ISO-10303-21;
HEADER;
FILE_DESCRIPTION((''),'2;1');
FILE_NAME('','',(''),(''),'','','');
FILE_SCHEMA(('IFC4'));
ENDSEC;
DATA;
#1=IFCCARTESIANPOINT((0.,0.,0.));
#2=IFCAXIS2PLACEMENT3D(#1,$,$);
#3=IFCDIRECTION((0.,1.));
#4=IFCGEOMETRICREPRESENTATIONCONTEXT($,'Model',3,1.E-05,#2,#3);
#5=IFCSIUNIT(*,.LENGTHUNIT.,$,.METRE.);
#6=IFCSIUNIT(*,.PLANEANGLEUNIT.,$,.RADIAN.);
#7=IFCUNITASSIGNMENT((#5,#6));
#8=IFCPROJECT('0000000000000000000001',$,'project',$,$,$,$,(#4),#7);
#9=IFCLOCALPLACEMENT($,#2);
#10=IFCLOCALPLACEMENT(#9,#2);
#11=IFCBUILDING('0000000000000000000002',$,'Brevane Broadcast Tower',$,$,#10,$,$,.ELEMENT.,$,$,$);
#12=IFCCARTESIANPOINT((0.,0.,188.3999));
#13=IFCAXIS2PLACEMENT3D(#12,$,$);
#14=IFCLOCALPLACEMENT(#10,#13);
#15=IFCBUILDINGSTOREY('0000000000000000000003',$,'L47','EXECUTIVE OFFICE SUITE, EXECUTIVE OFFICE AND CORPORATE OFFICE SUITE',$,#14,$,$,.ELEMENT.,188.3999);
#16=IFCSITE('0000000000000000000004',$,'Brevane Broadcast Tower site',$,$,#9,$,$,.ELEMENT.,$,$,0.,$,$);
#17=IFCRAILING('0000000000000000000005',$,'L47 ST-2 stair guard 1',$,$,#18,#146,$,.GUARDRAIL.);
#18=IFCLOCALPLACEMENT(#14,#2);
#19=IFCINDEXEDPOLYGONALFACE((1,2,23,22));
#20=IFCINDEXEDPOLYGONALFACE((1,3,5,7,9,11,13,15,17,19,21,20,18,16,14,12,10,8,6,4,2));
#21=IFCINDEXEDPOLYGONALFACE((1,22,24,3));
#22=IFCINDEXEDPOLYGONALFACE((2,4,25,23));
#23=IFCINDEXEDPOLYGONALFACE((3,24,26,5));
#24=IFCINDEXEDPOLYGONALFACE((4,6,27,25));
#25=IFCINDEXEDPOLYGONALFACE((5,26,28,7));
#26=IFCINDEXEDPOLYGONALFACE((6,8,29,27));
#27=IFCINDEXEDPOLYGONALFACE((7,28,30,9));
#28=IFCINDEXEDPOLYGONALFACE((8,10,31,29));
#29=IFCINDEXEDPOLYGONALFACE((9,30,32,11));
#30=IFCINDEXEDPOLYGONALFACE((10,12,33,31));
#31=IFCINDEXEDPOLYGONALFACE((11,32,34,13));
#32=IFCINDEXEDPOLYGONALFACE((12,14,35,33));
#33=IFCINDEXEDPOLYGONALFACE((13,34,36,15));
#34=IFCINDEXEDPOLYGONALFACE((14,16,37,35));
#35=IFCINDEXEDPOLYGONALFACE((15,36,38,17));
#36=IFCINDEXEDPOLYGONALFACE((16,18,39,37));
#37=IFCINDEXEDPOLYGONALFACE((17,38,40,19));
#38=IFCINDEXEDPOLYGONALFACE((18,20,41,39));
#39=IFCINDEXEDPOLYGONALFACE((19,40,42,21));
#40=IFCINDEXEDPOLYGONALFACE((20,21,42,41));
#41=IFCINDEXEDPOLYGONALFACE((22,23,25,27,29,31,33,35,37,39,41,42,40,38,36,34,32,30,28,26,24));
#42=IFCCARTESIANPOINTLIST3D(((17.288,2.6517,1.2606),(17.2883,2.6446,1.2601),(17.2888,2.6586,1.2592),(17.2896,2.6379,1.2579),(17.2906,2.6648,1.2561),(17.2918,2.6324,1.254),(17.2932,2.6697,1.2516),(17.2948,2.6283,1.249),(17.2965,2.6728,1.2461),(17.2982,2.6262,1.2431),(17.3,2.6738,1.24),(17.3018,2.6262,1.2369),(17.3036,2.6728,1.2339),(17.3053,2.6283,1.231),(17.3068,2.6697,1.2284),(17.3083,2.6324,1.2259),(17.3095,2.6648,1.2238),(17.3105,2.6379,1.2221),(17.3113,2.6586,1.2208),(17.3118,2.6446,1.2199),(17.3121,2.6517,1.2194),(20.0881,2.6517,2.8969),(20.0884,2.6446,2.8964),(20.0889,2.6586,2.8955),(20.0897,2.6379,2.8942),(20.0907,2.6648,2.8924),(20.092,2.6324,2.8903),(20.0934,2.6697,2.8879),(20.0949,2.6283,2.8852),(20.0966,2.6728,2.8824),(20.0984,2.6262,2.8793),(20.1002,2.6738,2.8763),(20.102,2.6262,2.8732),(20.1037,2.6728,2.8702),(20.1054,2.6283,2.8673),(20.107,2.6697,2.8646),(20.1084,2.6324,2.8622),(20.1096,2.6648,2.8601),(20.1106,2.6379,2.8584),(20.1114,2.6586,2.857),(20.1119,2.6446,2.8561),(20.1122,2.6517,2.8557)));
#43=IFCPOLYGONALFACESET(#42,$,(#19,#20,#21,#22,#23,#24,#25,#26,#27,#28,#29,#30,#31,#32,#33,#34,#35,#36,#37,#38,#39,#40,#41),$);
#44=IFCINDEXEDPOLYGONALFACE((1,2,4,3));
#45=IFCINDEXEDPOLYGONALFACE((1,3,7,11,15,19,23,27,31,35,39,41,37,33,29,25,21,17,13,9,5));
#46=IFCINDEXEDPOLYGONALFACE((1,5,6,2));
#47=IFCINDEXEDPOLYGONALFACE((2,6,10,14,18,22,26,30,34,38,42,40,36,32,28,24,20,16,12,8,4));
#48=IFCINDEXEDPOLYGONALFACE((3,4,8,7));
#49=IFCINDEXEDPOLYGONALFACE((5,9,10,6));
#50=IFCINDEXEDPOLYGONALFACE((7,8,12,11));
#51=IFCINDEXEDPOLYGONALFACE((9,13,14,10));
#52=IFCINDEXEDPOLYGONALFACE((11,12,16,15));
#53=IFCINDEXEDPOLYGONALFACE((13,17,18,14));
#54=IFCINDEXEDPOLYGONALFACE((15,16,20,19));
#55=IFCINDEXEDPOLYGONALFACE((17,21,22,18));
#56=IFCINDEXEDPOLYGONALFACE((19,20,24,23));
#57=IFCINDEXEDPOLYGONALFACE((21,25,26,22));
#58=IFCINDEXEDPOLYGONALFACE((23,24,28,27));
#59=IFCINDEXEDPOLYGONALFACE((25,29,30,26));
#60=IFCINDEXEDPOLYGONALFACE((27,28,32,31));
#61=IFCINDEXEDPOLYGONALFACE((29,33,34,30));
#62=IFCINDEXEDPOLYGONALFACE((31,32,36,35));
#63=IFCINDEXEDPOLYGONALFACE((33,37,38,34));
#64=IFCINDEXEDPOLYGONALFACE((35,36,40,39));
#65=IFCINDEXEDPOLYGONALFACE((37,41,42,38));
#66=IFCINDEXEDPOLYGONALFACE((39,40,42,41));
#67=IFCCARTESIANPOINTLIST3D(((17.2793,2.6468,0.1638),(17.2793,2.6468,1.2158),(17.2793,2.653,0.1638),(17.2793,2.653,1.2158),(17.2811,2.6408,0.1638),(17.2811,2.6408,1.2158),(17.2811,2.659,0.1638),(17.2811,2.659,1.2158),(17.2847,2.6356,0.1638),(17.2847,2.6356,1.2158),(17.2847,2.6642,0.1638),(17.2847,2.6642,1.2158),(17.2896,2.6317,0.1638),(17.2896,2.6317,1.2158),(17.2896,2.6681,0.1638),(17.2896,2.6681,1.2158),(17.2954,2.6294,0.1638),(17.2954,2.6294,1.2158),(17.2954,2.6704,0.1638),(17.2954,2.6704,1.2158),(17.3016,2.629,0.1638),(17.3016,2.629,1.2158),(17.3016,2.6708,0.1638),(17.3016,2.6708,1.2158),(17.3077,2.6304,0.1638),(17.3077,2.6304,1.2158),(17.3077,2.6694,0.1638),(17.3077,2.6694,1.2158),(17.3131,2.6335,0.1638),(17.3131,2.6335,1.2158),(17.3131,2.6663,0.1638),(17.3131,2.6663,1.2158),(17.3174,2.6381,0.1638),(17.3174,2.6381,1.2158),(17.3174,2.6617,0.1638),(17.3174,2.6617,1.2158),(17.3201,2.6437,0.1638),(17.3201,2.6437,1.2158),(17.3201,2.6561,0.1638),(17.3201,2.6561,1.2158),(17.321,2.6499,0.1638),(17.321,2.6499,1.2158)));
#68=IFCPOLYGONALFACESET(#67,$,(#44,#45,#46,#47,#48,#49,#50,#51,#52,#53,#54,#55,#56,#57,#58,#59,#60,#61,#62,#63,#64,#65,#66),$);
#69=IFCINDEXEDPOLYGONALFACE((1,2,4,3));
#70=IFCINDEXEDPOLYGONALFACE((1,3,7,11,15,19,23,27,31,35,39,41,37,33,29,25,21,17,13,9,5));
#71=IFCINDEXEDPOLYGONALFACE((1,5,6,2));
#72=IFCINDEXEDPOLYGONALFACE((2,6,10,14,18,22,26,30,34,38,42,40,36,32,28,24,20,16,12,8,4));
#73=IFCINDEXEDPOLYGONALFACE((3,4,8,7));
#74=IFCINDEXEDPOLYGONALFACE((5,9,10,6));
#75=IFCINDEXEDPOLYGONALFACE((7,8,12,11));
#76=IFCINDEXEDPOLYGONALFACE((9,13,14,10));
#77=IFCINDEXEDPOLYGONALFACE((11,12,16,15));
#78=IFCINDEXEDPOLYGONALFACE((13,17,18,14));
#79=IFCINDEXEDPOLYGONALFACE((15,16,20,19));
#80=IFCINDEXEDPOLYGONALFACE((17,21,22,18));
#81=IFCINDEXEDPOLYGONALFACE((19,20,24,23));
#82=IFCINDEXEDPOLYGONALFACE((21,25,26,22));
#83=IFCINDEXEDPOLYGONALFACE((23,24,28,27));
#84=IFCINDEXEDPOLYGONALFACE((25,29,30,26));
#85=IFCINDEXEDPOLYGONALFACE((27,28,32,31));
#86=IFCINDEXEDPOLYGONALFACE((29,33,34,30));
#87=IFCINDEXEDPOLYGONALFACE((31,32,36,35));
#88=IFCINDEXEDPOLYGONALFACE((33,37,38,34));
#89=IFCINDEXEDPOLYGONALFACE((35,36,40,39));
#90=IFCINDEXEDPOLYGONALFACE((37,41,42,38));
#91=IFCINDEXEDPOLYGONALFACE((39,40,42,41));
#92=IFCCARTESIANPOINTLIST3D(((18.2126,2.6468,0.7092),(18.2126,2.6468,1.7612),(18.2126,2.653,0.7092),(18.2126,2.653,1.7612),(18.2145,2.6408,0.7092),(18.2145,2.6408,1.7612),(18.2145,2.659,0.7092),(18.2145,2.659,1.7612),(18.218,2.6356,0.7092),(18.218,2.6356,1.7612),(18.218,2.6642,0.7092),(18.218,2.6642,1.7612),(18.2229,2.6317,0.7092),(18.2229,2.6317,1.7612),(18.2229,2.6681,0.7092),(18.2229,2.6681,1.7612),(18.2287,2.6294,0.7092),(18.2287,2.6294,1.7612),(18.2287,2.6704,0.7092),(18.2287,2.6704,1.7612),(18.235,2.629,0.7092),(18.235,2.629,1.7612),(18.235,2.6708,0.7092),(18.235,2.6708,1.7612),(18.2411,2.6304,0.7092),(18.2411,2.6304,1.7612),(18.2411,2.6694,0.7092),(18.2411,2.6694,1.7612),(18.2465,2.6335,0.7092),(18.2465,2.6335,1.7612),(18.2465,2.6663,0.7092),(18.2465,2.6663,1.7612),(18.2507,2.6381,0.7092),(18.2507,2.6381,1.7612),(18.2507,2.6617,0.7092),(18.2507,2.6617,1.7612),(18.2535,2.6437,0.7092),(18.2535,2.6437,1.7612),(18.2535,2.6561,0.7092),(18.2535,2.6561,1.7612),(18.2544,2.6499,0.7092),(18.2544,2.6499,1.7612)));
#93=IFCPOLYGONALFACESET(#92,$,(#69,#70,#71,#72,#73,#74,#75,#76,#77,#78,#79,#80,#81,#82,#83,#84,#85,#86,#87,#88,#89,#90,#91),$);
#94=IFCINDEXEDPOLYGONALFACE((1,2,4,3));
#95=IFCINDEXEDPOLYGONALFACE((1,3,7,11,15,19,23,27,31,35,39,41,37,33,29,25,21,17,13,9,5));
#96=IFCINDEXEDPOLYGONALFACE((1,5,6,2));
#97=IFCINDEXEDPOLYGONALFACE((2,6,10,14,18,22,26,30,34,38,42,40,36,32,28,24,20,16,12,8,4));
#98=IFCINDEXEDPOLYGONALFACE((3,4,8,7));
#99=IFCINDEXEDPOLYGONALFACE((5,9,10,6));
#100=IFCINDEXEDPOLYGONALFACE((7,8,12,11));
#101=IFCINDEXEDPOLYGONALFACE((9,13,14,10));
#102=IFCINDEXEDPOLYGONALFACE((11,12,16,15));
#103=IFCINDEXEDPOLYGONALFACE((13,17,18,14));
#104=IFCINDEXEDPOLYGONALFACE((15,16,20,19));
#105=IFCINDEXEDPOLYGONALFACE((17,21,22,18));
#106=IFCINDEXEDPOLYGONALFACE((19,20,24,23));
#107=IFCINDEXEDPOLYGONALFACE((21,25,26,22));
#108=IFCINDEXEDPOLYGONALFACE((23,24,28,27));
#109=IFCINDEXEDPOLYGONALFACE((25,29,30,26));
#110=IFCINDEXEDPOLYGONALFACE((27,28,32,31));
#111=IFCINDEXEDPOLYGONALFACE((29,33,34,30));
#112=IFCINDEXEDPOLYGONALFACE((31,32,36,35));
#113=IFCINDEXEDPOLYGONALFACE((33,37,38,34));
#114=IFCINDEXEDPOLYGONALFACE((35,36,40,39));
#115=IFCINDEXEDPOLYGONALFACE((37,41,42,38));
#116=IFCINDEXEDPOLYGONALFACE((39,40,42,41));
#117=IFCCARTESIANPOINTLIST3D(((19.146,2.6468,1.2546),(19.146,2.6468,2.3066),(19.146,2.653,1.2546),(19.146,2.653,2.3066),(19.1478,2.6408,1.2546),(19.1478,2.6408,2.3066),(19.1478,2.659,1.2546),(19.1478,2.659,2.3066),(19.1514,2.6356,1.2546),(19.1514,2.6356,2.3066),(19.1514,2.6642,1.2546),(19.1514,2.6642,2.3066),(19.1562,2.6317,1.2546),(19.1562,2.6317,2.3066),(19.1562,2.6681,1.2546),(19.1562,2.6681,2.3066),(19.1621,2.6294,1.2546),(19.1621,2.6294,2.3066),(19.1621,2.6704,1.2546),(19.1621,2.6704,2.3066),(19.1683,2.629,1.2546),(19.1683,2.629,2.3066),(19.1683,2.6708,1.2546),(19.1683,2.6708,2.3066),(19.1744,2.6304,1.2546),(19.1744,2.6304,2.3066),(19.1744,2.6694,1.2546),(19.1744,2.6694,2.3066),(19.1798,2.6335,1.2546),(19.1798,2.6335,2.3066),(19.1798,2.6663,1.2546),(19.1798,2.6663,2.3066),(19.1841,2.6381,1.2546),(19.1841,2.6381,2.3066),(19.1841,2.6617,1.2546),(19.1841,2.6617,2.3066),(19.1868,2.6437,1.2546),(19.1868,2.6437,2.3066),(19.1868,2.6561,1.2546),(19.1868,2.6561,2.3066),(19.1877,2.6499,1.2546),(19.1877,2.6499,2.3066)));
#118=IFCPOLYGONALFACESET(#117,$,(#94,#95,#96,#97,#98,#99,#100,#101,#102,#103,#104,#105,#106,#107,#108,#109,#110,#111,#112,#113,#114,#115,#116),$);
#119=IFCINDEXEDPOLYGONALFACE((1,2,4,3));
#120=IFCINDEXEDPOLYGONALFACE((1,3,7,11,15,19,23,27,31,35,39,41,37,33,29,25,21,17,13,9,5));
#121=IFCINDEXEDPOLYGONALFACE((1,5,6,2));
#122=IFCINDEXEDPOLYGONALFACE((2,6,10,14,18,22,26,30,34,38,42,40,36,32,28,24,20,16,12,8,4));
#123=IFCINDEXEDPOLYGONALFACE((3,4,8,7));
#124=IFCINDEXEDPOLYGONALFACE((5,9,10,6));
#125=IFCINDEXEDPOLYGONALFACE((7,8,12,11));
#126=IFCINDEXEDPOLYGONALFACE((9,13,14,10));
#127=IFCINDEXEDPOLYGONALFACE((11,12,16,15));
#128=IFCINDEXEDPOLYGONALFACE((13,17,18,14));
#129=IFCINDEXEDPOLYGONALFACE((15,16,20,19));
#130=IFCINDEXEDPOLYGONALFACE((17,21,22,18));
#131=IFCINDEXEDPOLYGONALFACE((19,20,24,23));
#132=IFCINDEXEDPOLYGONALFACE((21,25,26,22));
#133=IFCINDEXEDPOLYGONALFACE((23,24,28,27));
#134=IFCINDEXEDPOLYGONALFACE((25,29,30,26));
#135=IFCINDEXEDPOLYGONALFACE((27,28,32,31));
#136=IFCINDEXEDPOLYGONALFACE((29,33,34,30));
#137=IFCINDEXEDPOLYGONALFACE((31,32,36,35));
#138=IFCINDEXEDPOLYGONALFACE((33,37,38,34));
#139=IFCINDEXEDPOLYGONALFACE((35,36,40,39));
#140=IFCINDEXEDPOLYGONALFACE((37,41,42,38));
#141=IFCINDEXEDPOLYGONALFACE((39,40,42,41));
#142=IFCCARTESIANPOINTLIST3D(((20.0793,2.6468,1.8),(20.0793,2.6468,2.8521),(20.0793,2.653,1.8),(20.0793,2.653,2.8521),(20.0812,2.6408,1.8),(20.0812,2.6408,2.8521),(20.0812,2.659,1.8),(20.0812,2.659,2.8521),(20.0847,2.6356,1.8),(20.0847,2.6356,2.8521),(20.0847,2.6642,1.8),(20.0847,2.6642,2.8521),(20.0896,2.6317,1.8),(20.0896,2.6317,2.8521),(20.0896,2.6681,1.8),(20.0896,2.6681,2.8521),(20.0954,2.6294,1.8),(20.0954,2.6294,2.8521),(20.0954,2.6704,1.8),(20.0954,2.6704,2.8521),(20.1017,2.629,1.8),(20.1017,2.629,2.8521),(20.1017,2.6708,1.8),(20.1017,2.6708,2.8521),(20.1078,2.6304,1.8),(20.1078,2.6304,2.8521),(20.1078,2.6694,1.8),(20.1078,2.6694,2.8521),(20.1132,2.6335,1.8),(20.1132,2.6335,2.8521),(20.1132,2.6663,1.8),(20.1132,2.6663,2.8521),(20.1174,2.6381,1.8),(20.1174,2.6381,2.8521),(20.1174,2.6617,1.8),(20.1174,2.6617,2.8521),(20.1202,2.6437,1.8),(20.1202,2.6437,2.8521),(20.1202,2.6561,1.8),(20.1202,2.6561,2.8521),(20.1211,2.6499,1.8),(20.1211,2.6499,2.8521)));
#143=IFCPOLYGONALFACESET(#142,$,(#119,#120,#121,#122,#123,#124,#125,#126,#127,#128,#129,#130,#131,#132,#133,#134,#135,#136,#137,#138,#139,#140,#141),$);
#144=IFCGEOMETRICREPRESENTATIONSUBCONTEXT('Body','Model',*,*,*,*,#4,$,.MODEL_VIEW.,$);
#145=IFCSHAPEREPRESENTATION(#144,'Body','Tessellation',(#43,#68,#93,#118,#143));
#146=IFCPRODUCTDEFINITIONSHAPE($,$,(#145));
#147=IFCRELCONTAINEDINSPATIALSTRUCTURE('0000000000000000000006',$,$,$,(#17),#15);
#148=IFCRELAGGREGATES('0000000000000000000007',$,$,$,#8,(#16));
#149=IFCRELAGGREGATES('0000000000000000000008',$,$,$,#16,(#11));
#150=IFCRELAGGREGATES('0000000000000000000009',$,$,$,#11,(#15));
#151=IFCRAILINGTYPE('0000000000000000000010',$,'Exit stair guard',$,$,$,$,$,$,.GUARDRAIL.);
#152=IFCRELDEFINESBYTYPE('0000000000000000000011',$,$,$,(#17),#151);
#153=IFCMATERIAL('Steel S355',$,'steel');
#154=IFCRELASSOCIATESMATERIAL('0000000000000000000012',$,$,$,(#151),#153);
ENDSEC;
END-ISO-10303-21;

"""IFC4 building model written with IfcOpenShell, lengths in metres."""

from ifc_helpers import new_model, si_unit, direction, frame, origin, origin_2d, place, context, subcontext, project, spatial, circle, extrude, material, type_object, element, save


model = new_model("IFC4")

# Units and contexts
model_context = context("Model", 3, precision=1e-05, world=origin(), true_north=direction((0.0, 1.0)))
body_context = subcontext(model_context, "Body", "Model", "MODEL_VIEW")
ifc_project = project(units=[si_unit("LENGTHUNIT", "METRE"), si_unit("PLANEANGLEUNIT", "RADIAN")], contexts=[model_context])

# Site, building, storey
site_placement = place(None, origin())
site = spatial("IfcSite", under=ifc_project, at=site_placement, Name="Brevane Broadcast Tower site", CompositionType="ELEMENT", RefElevation=0.0)
building_placement = place(site_placement, origin())
building = spatial("IfcBuilding", under=site, at=building_placement, Name="Brevane Broadcast Tower", CompositionType="ELEMENT")
storey_placement = place(building_placement, frame((0.0, 0.0, 188.3999)))
storey = spatial("IfcBuildingStorey", under=building, at=storey_placement, Name="L47", Description="EXECUTIVE OFFICE SUITE, EXECUTIVE OFFICE AND CORPORATE OFFICE SUITE", CompositionType="ELEMENT", Elevation=188.3999)

# Railing
ifc_material_1 = material(Name="Steel S355", Category="steel")
railing_type_1 = type_object("IfcRailingType", Name="Exit stair guard", PredefinedType="GUARDRAIL", material=ifc_material_1)
railing_1_placement = place(storey_placement, frame((17.3, 2.6499, 0.1638)))
element("IfcRailing", 1, at=railing_1_placement, inside=storey, type_object=railing_type_1, Name="L47 ST-2 stair guard 1", PredefinedType="GUARDRAIL", context=body_context, shape_type="SweptSolid", body=[
    extrude(circle(Radius=0.0239, at=origin_2d()), frame((0.0, 0.0, 1.0762), z_axis=(0.863394, 0.0, 0.504531), x_axis=(0.0, 1.0, 0.0)), (0.0, 0.0, 1.0), 3.2432),
    extrude(circle(Radius=0.021, at=origin_2d()), origin(), (0.0, 0.0, 1.0), 1.052),
    extrude(circle(Radius=0.021, at=origin_2d()), frame((0.9333, 0.0, 0.5454)), (0.0, 0.0, 1.0), 1.052),
    extrude(circle(Radius=0.021, at=origin_2d()), frame((1.8667, 0.0, 1.0908)), (0.0, 0.0, 1.0), 1.052),
    extrude(circle(Radius=0.021, at=origin_2d()), frame((2.8, 0.0, 1.6362)), (0.0, 0.0, 1.0), 1.052),
])

save(model, "model.ifc")
